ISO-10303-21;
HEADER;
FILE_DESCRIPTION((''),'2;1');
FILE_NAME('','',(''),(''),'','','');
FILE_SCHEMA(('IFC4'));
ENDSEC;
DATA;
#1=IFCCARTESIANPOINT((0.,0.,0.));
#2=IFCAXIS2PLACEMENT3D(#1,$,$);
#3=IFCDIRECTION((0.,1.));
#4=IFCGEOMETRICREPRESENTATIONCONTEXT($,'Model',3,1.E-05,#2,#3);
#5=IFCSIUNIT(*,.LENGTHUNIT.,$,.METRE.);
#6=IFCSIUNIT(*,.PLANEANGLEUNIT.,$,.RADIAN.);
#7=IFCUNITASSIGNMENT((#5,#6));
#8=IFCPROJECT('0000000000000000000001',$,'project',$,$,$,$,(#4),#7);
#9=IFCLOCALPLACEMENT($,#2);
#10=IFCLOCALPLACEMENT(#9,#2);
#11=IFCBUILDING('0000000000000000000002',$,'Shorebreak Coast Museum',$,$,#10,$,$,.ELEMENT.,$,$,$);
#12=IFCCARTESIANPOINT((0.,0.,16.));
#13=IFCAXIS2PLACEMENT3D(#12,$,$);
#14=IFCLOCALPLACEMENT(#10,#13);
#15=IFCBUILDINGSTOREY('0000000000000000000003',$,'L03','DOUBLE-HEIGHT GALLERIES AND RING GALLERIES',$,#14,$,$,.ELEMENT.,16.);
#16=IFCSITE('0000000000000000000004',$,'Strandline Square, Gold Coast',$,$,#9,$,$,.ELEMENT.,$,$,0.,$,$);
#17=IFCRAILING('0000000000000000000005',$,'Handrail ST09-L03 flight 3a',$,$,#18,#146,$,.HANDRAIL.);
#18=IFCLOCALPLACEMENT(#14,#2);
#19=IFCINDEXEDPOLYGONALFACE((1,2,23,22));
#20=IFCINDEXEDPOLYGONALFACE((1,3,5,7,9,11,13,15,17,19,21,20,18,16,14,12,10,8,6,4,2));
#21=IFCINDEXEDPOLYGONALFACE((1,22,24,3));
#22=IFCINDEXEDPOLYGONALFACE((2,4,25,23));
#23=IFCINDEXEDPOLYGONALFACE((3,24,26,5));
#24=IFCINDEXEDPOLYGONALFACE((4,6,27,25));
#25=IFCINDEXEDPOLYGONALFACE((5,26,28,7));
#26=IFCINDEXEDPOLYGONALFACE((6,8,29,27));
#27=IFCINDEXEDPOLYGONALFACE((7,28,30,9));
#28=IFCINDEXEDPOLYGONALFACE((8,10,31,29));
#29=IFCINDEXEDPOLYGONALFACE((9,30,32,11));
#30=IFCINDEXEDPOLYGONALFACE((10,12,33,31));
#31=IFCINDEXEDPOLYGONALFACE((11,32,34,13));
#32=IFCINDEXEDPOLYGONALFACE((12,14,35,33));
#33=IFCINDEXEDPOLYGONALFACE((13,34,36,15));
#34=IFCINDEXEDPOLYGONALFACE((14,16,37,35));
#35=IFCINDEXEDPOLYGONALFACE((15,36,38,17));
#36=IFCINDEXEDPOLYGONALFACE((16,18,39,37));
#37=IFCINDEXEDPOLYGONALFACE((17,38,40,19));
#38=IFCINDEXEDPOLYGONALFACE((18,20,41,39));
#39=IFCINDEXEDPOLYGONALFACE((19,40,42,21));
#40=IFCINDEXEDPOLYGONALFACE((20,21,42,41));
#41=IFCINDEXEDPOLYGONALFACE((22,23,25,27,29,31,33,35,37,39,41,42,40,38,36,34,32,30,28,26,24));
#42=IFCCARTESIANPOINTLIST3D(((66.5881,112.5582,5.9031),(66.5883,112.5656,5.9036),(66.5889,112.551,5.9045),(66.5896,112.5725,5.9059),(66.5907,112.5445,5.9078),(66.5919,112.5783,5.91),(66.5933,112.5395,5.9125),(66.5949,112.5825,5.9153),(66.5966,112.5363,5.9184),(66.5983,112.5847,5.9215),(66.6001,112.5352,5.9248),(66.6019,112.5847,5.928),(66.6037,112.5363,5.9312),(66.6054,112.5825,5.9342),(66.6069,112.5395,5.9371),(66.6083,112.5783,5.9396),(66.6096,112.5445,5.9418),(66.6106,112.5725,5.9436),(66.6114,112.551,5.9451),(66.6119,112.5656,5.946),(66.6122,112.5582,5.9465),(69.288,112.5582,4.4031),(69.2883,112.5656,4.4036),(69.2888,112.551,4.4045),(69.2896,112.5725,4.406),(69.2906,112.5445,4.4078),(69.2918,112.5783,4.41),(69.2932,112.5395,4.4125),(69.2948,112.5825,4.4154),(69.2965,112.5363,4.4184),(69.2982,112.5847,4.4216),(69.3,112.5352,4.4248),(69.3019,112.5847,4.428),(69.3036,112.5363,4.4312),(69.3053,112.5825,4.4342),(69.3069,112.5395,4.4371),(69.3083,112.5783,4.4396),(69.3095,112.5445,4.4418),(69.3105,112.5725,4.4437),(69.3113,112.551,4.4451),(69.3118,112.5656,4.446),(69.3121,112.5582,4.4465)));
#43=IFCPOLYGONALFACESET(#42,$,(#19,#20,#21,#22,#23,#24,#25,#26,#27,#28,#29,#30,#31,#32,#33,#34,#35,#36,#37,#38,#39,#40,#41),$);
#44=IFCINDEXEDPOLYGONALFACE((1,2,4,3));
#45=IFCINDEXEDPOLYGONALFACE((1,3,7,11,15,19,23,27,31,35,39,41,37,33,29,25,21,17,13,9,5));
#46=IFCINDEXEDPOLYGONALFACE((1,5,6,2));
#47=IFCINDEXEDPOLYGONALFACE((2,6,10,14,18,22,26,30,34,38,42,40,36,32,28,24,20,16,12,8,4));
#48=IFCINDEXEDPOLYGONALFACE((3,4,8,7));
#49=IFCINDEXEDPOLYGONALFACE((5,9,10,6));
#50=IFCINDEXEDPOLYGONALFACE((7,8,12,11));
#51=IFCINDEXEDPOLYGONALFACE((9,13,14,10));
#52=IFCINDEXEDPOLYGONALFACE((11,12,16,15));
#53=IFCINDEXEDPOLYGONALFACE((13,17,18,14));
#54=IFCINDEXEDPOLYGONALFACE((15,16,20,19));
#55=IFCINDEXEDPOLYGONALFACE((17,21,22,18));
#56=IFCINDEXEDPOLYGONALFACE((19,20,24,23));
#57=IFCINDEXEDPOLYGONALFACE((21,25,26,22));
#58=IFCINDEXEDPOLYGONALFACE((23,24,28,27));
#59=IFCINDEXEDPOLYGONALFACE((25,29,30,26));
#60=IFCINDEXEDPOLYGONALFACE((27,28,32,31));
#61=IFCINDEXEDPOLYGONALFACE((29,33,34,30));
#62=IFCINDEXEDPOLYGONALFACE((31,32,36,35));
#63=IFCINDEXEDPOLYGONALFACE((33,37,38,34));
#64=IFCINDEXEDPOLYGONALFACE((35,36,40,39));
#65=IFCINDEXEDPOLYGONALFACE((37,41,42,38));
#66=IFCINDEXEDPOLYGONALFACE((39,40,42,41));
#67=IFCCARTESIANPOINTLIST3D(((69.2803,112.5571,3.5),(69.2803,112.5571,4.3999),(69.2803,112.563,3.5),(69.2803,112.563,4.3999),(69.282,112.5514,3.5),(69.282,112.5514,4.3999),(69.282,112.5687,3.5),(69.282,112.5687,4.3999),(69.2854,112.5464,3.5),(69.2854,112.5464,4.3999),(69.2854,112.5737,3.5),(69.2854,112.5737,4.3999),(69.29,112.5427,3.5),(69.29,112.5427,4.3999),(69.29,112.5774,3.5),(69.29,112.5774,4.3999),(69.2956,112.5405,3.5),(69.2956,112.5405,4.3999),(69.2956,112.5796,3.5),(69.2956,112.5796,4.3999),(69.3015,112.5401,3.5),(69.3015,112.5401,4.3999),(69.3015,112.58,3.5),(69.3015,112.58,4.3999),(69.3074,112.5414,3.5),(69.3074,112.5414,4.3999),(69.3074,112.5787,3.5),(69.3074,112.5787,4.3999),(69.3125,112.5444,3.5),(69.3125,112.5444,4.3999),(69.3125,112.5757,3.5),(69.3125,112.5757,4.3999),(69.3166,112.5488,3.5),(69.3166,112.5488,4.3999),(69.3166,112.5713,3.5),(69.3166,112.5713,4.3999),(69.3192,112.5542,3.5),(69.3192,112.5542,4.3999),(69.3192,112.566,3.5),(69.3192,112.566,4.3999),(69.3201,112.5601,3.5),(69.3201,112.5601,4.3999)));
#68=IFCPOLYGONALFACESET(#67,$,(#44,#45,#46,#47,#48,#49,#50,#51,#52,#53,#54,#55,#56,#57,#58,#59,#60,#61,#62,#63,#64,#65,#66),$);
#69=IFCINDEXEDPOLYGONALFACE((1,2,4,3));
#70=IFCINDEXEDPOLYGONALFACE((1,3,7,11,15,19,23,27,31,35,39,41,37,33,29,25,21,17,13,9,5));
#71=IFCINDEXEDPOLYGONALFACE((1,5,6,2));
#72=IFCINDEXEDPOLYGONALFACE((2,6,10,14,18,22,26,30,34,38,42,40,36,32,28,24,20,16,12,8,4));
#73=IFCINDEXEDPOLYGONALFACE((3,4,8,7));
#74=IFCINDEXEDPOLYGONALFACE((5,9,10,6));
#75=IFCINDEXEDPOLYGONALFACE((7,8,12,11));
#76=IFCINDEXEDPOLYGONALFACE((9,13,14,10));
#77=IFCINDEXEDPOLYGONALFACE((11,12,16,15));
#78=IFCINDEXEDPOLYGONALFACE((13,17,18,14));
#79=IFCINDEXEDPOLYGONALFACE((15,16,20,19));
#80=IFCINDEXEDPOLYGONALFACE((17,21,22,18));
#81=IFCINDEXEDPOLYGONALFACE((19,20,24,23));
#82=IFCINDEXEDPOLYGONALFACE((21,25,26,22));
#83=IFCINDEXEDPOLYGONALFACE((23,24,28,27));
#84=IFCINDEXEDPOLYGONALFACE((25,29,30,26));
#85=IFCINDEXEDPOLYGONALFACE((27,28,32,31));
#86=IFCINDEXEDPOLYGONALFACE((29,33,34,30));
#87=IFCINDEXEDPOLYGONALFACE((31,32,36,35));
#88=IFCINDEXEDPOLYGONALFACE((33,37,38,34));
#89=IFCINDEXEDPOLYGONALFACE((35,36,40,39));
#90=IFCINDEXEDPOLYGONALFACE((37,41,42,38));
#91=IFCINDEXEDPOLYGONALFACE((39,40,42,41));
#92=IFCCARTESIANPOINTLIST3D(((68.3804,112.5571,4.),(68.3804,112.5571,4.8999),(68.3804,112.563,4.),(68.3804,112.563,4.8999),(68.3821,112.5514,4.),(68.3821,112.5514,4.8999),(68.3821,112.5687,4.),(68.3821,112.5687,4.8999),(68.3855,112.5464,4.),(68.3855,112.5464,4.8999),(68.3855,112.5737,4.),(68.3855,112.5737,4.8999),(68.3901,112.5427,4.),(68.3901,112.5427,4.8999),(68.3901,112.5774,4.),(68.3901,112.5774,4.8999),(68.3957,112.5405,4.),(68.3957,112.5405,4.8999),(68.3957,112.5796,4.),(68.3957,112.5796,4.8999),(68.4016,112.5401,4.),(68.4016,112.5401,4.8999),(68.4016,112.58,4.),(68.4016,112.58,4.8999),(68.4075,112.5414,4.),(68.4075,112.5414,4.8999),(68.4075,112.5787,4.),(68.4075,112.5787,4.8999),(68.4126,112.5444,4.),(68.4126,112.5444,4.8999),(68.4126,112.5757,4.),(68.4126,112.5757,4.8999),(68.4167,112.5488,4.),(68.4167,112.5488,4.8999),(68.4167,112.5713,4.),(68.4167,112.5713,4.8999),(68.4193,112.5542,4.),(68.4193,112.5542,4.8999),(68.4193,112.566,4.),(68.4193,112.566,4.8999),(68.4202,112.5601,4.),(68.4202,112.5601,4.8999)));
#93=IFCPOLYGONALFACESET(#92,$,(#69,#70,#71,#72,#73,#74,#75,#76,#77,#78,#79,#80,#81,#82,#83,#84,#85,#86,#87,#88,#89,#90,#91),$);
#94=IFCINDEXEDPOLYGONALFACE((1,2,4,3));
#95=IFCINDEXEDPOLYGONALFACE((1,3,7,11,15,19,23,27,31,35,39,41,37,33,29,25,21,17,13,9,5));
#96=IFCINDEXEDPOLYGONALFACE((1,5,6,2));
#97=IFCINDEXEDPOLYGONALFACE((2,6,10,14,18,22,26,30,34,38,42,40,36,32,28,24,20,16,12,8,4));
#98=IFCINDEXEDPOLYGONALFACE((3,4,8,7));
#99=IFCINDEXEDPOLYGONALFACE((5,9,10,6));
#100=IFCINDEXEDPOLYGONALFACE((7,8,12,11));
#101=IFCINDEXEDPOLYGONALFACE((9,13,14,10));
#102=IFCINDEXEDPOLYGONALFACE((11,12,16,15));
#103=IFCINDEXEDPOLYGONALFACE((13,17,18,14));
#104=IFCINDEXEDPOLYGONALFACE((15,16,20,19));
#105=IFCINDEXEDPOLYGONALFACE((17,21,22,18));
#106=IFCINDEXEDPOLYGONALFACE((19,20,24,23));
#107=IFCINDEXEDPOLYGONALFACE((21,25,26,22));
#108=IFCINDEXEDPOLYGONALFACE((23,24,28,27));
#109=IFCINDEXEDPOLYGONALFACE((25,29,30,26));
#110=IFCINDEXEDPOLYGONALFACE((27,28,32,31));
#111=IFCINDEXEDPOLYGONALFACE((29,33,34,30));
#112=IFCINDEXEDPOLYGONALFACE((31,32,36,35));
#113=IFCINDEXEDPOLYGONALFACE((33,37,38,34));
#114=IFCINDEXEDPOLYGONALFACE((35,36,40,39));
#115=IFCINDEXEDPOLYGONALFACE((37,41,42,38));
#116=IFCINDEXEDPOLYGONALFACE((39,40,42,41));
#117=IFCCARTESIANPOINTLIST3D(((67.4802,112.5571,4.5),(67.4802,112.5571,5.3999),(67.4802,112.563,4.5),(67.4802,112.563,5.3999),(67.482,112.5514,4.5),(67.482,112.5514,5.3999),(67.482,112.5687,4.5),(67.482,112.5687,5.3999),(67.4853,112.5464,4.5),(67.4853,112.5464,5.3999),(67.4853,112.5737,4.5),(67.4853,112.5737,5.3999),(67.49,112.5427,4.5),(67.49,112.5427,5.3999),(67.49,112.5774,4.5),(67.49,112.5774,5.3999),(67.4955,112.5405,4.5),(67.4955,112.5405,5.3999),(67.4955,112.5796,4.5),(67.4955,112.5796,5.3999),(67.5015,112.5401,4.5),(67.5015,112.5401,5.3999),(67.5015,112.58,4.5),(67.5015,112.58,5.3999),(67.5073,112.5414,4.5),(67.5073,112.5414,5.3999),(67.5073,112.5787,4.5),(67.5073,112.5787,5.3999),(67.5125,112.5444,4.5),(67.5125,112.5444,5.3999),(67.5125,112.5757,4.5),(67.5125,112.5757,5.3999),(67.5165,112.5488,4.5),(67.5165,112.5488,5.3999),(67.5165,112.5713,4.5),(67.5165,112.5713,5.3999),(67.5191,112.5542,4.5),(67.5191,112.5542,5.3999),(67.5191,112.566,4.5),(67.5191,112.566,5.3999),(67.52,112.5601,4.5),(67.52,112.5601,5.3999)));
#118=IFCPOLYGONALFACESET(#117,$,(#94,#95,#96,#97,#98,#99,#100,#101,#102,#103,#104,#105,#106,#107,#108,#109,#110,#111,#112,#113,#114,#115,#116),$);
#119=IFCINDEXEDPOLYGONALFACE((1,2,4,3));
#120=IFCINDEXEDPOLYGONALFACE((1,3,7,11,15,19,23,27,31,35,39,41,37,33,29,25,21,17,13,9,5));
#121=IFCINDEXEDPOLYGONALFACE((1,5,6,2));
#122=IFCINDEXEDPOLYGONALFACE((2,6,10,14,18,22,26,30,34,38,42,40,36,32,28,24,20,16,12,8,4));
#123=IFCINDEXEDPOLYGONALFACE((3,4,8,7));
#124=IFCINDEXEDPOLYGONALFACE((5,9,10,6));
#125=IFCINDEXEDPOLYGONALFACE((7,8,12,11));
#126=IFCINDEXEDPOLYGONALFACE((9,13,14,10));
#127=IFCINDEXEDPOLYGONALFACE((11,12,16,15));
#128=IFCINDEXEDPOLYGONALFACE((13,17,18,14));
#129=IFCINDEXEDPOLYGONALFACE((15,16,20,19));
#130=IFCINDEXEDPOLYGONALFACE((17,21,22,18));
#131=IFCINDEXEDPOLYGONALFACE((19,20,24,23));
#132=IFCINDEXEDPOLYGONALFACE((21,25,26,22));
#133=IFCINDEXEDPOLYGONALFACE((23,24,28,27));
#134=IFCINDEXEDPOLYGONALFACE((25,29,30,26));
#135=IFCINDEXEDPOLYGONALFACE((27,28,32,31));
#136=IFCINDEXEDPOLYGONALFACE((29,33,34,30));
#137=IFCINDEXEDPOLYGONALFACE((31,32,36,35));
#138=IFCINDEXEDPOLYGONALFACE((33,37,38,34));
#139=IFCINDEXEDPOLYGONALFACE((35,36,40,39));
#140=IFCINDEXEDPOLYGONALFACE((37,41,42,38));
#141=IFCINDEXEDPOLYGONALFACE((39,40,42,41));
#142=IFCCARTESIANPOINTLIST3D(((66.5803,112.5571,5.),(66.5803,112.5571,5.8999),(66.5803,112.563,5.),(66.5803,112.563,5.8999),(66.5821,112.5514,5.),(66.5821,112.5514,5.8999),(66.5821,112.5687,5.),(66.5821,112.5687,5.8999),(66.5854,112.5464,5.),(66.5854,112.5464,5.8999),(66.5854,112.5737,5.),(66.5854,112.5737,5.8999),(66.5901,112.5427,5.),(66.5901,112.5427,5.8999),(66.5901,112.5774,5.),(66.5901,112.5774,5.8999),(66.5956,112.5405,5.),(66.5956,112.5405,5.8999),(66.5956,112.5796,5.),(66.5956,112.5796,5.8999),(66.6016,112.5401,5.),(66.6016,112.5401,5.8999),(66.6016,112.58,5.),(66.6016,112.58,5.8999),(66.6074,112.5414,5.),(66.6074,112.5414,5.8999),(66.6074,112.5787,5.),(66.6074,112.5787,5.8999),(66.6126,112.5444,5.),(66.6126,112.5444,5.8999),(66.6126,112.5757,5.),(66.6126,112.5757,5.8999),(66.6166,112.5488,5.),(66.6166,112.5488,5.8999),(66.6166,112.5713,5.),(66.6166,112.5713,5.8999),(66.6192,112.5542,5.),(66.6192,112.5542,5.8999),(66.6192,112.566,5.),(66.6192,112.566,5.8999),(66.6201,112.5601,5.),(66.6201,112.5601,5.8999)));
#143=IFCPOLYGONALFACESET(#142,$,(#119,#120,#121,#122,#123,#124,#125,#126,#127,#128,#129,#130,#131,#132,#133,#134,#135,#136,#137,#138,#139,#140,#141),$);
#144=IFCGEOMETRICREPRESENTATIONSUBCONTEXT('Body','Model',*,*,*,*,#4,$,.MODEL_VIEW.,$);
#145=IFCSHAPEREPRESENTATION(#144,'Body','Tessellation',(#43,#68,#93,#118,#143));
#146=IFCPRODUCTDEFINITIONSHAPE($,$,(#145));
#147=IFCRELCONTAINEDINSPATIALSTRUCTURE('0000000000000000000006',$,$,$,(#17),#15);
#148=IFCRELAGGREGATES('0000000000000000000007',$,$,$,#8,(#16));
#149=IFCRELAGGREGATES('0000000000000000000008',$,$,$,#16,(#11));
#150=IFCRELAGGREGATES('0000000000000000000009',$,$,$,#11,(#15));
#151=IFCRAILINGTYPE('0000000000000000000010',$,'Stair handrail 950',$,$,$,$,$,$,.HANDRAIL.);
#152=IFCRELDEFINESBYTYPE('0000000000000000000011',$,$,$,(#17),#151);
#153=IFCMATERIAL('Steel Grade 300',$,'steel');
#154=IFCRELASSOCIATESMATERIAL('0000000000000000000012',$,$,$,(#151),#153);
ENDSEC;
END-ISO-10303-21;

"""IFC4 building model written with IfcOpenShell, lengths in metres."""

from ifc_helpers import new_model, si_unit, direction, frame, origin, origin_2d, place, context, subcontext, project, spatial, circle, extrude, material, type_object, element, save


model = new_model("IFC4")

# Units and contexts
model_context = context("Model", 3, precision=1e-05, world=origin(), true_north=direction((0.0, 1.0)))
body_context = subcontext(model_context, "Body", "Model", "MODEL_VIEW")
ifc_project = project(units=[si_unit("LENGTHUNIT", "METRE"), si_unit("PLANEANGLEUNIT", "RADIAN")], contexts=[model_context])

# Site, building, storey
site_placement = place(None, origin())
site = spatial("IfcSite", under=ifc_project, at=site_placement, Name="Strandline Square, Gold Coast", CompositionType="ELEMENT", RefElevation=0.0)
building_placement = place(site_placement, origin())
building = spatial("IfcBuilding", under=site, at=building_placement, Name="Shorebreak Coast Museum", CompositionType="ELEMENT")
storey_placement = place(building_placement, frame((0.0, 0.0, 16.0)))
storey = spatial("IfcBuildingStorey", under=building, at=storey_placement, Name="L03", Description="DOUBLE-HEIGHT GALLERIES AND RING GALLERIES", CompositionType="ELEMENT", Elevation=16.0)

# Railing
ifc_material_1 = material(Name="Steel Grade 300", Category="steel")
railing_type_1 = type_object("IfcRailingType", Name="Stair handrail 950", PredefinedType="HANDRAIL", material=ifc_material_1)
for number, where, name in (
    (1, (69.3, 112.5601, 3.5), "Handrail ST09-L03 flight 3a"),
):
    element("IfcRailing", number, at=place(storey_placement, frame(where)), inside=storey, type_object=railing_type_1, Name=name, PredefinedType="HANDRAIL", context=body_context, shape_type="SweptSolid", body=[
        extrude(circle(Radius=0.0249, at=origin_2d()), frame((0.0, 0.0, 0.9248), z_axis=(-0.874154, 0.0, 0.48565), x_axis=(0.0, -1.0, 0.0)), (0.0, 0.0, 1.0), 3.0886),
        extrude(circle(Radius=0.02, at=origin_2d()), origin(), (0.0, 0.0, 1.0), 0.8999),
        extrude(circle(Radius=0.02, at=origin_2d()), frame((-0.8999, 0.0, 0.5)), (0.0, 0.0, 1.0), 0.8999),
        extrude(circle(Radius=0.02, at=origin_2d()), frame((-1.8, 0.0, 1.0)), (0.0, 0.0, 1.0), 0.8999),
        extrude(circle(Radius=0.02, at=origin_2d()), frame((-2.7, 0.0, 1.5)), (0.0, 0.0, 1.0), 0.8999),
    ])

save(model, "model.ifc")
